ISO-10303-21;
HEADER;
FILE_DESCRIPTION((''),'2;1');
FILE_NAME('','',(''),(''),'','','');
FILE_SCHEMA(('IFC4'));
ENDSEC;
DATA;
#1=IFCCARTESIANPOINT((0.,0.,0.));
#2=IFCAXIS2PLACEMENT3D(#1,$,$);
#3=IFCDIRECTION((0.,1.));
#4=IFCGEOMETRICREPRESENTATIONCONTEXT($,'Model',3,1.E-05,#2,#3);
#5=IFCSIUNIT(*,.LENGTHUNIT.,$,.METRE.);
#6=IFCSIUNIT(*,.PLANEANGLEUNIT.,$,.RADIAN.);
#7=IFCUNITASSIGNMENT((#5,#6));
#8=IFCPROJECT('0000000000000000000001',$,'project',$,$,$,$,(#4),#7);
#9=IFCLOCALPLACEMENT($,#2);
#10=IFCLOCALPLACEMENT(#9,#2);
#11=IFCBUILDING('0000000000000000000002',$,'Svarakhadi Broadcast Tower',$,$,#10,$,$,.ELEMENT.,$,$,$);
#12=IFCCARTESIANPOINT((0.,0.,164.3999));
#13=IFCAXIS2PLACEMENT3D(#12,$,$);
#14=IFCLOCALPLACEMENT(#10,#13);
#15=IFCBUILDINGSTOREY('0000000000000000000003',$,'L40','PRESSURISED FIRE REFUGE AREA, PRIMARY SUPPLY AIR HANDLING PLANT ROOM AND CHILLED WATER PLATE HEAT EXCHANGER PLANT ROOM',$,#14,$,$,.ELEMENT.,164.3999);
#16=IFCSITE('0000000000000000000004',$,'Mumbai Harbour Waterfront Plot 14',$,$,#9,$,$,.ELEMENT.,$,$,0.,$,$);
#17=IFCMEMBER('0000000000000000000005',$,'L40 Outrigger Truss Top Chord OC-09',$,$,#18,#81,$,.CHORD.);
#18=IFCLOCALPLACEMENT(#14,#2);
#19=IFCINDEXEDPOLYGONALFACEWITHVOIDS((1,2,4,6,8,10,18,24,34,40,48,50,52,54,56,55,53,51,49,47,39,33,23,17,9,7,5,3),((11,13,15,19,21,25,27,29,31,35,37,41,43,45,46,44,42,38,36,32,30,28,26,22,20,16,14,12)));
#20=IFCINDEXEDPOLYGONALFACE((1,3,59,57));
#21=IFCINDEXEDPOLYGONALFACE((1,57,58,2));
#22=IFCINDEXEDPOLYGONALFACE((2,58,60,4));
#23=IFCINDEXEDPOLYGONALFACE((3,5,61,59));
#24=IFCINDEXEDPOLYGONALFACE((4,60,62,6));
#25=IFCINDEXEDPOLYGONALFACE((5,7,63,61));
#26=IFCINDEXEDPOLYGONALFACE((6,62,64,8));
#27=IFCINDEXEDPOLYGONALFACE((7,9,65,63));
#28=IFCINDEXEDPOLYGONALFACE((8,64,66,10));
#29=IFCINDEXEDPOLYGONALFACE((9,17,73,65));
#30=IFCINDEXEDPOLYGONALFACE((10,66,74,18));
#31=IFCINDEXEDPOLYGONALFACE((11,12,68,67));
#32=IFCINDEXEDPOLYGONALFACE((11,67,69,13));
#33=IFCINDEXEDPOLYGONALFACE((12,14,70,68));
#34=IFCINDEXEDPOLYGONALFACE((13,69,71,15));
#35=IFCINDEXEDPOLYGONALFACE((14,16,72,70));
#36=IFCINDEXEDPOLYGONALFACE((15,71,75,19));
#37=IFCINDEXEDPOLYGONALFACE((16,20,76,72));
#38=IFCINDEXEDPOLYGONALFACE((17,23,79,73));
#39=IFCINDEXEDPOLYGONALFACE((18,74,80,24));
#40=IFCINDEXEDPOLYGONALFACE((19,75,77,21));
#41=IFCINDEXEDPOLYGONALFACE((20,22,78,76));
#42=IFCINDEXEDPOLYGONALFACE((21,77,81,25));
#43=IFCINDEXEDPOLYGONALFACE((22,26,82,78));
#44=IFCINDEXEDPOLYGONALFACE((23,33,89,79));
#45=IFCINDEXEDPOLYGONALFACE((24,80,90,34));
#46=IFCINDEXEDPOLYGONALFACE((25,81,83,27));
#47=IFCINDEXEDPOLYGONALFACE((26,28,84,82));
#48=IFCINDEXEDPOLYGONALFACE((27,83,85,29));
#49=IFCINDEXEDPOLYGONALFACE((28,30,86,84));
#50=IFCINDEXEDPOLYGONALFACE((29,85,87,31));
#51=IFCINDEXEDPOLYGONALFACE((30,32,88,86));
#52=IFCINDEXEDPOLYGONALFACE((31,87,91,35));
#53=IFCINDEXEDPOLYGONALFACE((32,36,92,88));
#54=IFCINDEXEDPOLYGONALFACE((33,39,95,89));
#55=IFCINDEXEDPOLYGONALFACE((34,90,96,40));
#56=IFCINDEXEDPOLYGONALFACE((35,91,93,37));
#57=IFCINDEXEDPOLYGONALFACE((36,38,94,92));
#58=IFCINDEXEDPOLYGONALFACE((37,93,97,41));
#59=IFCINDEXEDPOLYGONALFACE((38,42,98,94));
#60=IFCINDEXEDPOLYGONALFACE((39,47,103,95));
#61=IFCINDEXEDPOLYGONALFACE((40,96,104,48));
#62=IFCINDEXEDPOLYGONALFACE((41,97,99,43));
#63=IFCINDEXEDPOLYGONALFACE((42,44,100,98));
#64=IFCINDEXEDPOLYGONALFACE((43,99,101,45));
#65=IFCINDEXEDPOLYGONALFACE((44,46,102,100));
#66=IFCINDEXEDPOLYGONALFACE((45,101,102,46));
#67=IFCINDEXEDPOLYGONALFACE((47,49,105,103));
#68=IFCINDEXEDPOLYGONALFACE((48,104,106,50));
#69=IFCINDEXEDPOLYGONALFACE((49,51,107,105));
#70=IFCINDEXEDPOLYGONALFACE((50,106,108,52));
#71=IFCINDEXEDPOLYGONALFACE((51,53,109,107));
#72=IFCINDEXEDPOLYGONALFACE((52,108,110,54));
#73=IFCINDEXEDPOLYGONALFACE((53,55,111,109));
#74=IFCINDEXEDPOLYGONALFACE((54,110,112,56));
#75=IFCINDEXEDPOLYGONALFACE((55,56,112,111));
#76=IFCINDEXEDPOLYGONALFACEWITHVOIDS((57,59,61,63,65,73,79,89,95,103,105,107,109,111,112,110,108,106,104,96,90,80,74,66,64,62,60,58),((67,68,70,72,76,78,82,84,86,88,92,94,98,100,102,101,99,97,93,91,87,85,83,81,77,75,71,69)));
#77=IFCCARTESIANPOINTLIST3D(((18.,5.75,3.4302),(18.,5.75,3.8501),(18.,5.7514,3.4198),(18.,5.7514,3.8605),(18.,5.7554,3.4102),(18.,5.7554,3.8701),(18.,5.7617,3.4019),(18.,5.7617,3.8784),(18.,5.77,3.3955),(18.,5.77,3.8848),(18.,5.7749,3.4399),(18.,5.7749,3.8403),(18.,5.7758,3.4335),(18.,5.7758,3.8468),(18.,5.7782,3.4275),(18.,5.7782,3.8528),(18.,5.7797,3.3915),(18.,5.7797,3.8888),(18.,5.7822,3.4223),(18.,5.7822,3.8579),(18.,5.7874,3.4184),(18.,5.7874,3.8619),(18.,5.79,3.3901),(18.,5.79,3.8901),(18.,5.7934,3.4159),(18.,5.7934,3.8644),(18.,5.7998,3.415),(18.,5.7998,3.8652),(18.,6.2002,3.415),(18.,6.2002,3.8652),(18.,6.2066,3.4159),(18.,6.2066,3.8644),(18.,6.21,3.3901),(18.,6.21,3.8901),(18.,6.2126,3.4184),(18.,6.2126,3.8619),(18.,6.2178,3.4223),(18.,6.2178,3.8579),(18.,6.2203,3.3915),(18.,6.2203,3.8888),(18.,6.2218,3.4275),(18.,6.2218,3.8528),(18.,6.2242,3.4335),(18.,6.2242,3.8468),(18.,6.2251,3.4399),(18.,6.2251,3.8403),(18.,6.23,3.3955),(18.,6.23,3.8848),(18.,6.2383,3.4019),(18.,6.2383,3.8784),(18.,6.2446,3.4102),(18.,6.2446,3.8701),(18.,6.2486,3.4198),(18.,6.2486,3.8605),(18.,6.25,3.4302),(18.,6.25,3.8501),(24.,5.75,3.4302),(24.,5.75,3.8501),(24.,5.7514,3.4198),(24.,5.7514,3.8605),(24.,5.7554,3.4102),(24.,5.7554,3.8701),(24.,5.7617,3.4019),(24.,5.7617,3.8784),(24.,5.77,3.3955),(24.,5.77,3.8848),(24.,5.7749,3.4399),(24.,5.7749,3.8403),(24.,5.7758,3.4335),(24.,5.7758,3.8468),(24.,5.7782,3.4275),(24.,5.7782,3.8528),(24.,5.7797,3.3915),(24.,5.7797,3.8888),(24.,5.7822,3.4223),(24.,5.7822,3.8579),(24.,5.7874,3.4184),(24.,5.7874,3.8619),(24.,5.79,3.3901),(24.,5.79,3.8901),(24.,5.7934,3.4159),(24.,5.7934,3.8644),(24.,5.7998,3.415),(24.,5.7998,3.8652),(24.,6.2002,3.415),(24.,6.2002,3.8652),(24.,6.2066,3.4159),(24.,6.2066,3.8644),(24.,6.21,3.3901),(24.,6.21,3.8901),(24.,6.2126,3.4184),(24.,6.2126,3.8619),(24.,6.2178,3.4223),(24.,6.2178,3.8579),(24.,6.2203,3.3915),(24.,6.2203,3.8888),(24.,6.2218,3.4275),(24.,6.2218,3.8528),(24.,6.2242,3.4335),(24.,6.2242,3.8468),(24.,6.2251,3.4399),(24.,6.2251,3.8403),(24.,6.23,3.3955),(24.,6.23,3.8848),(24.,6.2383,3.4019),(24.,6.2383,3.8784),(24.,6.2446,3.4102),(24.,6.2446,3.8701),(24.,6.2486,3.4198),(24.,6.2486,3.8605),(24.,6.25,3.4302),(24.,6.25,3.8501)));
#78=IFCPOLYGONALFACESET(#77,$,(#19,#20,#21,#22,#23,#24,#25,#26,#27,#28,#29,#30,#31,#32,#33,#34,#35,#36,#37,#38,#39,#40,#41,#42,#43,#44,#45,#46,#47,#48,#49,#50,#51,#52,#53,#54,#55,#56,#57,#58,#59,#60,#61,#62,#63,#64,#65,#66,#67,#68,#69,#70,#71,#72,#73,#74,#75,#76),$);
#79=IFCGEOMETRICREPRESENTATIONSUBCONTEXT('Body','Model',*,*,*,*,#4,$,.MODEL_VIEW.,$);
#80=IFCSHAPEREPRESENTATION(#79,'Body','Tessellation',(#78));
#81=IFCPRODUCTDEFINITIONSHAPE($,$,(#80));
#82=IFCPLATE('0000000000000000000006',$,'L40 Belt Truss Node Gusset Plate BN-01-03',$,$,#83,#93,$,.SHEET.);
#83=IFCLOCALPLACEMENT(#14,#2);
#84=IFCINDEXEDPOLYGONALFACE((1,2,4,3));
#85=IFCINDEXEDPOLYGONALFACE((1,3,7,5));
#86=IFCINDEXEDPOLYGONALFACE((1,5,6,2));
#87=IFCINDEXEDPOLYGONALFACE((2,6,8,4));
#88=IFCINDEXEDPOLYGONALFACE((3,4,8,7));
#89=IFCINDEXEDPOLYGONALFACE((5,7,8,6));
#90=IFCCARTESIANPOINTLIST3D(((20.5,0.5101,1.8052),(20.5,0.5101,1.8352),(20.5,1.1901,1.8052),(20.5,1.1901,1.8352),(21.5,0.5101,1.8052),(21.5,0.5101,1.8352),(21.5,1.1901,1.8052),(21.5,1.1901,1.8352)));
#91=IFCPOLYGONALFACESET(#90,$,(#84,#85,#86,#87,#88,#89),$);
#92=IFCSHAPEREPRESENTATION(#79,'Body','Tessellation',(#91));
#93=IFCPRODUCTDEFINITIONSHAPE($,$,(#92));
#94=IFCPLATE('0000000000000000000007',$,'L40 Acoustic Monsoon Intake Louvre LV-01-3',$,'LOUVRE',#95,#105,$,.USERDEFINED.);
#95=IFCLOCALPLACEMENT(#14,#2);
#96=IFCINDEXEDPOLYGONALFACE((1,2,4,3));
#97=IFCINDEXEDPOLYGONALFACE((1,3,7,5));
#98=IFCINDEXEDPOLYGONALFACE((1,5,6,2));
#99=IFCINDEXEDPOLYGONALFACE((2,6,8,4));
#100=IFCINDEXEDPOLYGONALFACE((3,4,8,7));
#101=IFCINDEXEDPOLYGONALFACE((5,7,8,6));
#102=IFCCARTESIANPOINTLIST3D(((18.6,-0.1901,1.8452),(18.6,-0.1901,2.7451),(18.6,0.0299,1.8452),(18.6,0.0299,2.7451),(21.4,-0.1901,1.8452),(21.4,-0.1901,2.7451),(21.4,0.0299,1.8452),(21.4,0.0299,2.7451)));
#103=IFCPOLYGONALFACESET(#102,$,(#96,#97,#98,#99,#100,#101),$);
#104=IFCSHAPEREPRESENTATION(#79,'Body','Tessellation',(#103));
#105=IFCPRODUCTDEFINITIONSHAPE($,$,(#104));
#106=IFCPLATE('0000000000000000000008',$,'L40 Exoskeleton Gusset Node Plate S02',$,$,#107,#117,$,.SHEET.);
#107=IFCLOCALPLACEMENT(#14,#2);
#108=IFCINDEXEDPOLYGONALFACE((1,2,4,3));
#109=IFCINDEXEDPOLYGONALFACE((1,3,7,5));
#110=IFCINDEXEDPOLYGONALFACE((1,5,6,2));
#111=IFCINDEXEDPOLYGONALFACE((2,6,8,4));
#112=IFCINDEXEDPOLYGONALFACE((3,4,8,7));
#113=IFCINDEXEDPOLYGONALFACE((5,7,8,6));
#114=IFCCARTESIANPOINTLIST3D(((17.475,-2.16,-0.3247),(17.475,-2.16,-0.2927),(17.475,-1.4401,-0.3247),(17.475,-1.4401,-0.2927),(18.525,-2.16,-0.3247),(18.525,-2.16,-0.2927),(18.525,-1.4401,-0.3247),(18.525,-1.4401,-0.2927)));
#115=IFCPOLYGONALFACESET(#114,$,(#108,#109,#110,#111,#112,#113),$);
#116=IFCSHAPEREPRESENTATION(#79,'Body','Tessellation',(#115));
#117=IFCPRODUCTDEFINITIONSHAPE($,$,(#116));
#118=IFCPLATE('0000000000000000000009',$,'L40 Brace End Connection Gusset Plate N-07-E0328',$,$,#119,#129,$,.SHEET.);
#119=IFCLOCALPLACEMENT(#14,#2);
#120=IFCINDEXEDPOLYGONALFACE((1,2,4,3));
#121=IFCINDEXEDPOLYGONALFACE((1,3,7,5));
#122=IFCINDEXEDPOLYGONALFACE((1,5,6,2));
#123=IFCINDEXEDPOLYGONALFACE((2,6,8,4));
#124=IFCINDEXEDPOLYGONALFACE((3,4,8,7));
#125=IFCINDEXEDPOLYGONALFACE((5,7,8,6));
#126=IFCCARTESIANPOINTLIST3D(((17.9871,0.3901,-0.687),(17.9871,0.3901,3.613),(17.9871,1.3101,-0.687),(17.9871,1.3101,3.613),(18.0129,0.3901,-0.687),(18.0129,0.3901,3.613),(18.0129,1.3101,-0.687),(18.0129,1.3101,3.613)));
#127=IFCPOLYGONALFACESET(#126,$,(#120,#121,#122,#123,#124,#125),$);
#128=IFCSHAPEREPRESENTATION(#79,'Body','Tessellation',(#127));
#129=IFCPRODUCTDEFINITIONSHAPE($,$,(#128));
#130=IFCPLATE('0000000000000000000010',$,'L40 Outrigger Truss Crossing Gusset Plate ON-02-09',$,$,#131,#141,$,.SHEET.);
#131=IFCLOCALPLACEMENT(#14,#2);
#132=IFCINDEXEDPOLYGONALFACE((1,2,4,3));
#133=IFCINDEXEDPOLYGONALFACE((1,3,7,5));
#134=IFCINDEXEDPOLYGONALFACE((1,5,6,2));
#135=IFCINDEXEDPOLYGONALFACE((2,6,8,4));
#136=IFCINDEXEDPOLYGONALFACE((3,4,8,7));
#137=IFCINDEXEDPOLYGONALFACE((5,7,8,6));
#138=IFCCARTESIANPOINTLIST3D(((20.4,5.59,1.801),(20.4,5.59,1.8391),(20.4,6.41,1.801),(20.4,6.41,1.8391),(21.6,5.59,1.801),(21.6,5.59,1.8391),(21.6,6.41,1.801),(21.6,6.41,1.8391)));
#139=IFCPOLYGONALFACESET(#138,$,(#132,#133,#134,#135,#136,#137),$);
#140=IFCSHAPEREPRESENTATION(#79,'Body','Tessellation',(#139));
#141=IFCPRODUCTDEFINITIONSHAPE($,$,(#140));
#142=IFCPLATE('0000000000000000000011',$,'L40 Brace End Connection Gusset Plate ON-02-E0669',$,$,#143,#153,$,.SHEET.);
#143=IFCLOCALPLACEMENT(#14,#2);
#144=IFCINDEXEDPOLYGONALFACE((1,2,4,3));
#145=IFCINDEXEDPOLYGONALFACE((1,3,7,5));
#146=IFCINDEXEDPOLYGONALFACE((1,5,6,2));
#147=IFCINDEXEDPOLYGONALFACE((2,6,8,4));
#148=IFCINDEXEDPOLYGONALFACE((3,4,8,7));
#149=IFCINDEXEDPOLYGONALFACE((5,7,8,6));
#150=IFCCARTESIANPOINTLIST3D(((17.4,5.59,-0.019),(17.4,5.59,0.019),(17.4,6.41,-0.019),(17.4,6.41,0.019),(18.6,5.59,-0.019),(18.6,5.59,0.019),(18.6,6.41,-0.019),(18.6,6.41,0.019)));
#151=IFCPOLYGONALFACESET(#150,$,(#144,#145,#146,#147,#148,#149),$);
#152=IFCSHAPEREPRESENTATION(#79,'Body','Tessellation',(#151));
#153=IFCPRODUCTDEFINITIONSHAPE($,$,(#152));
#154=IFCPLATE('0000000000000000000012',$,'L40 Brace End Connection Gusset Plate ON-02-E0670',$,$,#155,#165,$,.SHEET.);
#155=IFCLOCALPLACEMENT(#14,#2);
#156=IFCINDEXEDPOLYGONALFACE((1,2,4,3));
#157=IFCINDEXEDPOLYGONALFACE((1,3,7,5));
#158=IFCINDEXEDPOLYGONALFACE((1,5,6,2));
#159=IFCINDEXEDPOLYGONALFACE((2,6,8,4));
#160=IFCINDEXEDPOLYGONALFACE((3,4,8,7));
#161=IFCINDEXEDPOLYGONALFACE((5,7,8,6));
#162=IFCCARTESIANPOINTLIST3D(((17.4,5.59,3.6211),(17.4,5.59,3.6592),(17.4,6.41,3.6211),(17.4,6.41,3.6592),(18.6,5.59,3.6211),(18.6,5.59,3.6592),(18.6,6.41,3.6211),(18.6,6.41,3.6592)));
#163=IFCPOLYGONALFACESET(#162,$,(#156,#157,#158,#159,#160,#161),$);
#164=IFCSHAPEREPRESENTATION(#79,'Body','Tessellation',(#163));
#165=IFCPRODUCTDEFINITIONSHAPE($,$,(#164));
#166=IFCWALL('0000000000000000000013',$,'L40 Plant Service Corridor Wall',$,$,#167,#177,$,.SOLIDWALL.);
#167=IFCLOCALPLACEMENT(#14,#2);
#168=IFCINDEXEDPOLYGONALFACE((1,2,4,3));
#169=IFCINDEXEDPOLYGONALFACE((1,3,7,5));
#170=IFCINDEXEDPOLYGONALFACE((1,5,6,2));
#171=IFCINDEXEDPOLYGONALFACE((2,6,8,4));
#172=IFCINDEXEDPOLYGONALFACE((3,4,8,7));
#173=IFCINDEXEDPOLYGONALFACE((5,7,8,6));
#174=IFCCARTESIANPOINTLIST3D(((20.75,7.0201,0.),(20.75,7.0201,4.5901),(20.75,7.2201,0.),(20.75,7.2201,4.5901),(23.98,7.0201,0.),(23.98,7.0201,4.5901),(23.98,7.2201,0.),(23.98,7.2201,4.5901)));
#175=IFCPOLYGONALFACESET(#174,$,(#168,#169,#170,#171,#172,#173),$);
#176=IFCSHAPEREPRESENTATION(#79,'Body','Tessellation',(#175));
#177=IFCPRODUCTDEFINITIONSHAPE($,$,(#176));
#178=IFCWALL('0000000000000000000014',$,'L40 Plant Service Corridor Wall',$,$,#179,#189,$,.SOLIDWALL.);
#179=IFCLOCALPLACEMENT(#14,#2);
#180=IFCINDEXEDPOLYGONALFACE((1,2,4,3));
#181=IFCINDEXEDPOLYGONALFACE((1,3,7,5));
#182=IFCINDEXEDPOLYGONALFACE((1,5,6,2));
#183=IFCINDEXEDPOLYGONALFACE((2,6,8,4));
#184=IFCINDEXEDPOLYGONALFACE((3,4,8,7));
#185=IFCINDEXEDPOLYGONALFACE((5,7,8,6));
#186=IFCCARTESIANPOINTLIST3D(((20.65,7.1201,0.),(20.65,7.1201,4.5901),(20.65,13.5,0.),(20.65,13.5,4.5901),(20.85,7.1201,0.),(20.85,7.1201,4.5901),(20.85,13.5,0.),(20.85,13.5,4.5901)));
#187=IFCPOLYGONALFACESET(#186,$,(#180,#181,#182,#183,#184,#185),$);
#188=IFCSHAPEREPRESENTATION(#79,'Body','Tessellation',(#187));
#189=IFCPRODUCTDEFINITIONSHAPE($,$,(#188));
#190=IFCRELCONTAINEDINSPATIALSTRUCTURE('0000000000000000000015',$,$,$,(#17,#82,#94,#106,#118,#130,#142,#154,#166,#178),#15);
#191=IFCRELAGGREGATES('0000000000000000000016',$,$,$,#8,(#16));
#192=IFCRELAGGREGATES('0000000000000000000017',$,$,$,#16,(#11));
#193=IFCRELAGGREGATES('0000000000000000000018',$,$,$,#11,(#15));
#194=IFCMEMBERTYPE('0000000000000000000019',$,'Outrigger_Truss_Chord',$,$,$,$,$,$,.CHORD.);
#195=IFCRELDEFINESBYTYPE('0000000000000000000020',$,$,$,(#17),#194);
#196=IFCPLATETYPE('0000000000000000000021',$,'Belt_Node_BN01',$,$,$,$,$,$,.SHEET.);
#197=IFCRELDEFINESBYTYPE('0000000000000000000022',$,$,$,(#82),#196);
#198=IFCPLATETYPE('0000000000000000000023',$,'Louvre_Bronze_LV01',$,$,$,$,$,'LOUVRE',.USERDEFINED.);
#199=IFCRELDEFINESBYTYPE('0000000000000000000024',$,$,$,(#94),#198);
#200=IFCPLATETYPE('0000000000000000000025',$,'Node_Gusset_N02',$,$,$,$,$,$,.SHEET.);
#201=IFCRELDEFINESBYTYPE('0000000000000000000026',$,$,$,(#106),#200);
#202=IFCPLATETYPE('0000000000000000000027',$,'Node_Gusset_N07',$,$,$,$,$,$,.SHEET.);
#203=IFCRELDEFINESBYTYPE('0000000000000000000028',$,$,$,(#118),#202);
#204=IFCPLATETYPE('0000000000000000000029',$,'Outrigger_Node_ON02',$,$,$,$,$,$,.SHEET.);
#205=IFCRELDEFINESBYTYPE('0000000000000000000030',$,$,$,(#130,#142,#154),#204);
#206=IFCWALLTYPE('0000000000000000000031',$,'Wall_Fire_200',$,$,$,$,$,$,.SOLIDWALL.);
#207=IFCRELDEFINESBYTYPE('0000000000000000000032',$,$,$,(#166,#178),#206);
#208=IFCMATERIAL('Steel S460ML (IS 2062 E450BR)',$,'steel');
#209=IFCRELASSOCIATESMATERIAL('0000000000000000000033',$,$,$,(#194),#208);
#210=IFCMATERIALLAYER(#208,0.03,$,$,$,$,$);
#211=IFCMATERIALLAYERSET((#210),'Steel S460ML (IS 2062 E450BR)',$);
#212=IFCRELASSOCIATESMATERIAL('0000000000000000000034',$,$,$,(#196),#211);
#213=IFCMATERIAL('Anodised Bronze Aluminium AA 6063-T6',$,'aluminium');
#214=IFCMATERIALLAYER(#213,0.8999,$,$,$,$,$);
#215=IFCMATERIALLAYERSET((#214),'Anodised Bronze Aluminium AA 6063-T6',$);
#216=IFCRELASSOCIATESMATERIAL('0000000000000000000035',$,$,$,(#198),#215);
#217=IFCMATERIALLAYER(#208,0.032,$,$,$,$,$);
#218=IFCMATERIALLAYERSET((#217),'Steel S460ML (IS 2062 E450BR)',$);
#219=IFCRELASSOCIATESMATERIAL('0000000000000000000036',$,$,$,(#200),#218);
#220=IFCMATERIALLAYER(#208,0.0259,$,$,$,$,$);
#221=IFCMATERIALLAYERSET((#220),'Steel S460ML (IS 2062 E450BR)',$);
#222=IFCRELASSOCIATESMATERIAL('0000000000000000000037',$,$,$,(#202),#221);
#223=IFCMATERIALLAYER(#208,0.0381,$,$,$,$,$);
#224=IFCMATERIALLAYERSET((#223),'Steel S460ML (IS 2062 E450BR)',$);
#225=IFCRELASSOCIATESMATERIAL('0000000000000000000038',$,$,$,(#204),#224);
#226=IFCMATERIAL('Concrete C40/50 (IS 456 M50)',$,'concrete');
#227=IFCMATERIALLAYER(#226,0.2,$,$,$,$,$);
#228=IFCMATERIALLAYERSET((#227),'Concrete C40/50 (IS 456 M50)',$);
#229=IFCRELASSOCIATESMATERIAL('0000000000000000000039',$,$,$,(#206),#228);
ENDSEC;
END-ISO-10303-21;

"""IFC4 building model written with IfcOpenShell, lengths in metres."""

from ifc_helpers import new_model, si_unit, direction, frame, frame_2d, origin, origin_2d, place, context, subcontext, project, spatial, rectangle, hollow_rectangle, extrude, material, layer, layer_set, material_profile, profile_set, type_object, element, save


model = new_model("IFC4")

# Units and contexts
model_context = context("Model", 3, precision=1e-05, world=origin(), true_north=direction((0.0, 1.0)))
body_context = subcontext(model_context, "Body", "Model", "MODEL_VIEW")
ifc_project = project(units=[si_unit("LENGTHUNIT", "METRE"), si_unit("PLANEANGLEUNIT", "RADIAN")], contexts=[model_context])

# Site, building, storey
site_placement = place(None, origin())
site = spatial("IfcSite", under=ifc_project, at=site_placement, Name="Mumbai Harbour Waterfront Plot 14", CompositionType="ELEMENT", RefElevation=0.0)
building_placement = place(site_placement, origin())
building = spatial("IfcBuilding", under=site, at=building_placement, Name="Svarakhadi Broadcast Tower", CompositionType="ELEMENT")
storey_placement = place(building_placement, frame((0.0, 0.0, 164.3999)))
storey = spatial("IfcBuildingStorey", under=building, at=storey_placement, Name="L40", Description="PRESSURISED FIRE REFUGE AREA, PRIMARY SUPPLY AIR HANDLING PLANT ROOM AND CHILLED WATER PLATE HEAT EXCHANGER PLANT ROOM", CompositionType="ELEMENT", Elevation=164.3999)

# Shared definitions
ifc_material_1 = material(Name="Steel S460ML (IS 2062 E450BR)", Category="steel")

# Member
ifc_material_profile_1 = material_profile(ifc_material_1, hollow_rectangle(XDim=0.5, YDim=0.5, WallThickness=0.0249, InnerFilletRadius=0.0249, OuterFilletRadius=0.04, at=origin_2d()), Name="SHS 500x500x25")
ifc_profile_set_1 = profile_set([ifc_material_profile_1], Name="Steel S460ML (IS 2062 E450BR)")
member_type_1 = type_object("IfcMemberType", Name="Outrigger_Truss_Chord", PredefinedType="CHORD", material=ifc_profile_set_1)
member_1_placement = place(storey_placement, frame((18.0, 6.0, 3.6401), z_axis=(1.0, 0.0, 0.0), x_axis=(0.0, 1.0, 0.0)))
element("IfcMember", 1, at=member_1_placement, inside=storey, type_object=member_type_1, Name="L40 Outrigger Truss Top Chord OC-09", PredefinedType="CHORD", context=body_context, shape_type="SweptSolid", body=[
    extrude(hollow_rectangle(XDim=0.5, YDim=0.5, WallThickness=0.0249, InnerFilletRadius=0.0249, OuterFilletRadius=0.04, at=origin_2d()), origin(), (0.0, 0.0, 1.0), 6.0),
])

# Plates
ifc_layer_1 = layer(ifc_material_1, 0.03)
ifc_layer_set_1 = layer_set([ifc_layer_1], Name="Steel S460ML (IS 2062 E450BR)")
plate_type_1 = type_object("IfcPlateType", Name="Belt_Node_BN01", PredefinedType="SHEET", material=ifc_layer_set_1)
plate_1_placement = place(storey_placement, frame((21.0, 0.8501, 1.8052), z_axis=(0.0, 0.0, 1.0), x_axis=(1.0, 0.0, 0.0)))
element("IfcPlate", 2, at=plate_1_placement, inside=storey, type_object=plate_type_1, Name="L40 Belt Truss Node Gusset Plate BN-01-03", PredefinedType="SHEET", context=body_context, shape_type="SweptSolid", body=[
    extrude(rectangle(XDim=1.0, YDim=0.6799, at=origin_2d()), origin(), (0.0, 0.0, 1.0), 0.03),
])
ifc_material_2 = material(Name="Anodised Bronze Aluminium AA 6063-T6", Category="aluminium")
ifc_layer_2 = layer(ifc_material_2, 0.8999)
ifc_layer_set_2 = layer_set([ifc_layer_2], Name="Anodised Bronze Aluminium AA 6063-T6")
plate_type_2 = type_object("IfcPlateType", Name="Louvre_Bronze_LV01", ElementType="LOUVRE", PredefinedType="USERDEFINED", material=ifc_layer_set_2)
plate_2_placement = place(storey_placement, frame((20.0, -0.0801, 1.8452), z_axis=(0.0, 0.0, 1.0), x_axis=(1.0, 0.0, 0.0)))
element("IfcPlate", 3, at=plate_2_placement, inside=storey, type_object=plate_type_2, Name="L40 Acoustic Monsoon Intake Louvre LV-01-3", ObjectType="LOUVRE", PredefinedType="USERDEFINED", context=body_context, shape_type="SweptSolid", body=[
    extrude(rectangle(XDim=2.8, YDim=0.22, at=origin_2d()), origin(), (0.0, 0.0, 1.0), 0.8999),
])
ifc_layer_3 = layer(ifc_material_1, 0.032)
ifc_layer_set_3 = layer_set([ifc_layer_3], Name="Steel S460ML (IS 2062 E450BR)")
plate_type_3 = type_object("IfcPlateType", Name="Node_Gusset_N02", PredefinedType="SHEET", material=ifc_layer_set_3)
plate_3_placement = place(storey_placement, frame((18.0, -1.8, -0.3247), z_axis=(0.0, 0.0, 1.0), x_axis=(1.0, 0.0, 0.0)))
element("IfcPlate", 4, at=plate_3_placement, inside=storey, type_object=plate_type_3, Name="L40 Exoskeleton Gusset Node Plate S02", PredefinedType="SHEET", context=body_context, shape_type="SweptSolid", body=[
    extrude(rectangle(XDim=1.05, YDim=0.72, at=origin_2d()), origin(), (0.0, 0.0, 1.0), 0.032),
])
ifc_layer_4 = layer(ifc_material_1, 0.0259)
ifc_layer_set_4 = layer_set([ifc_layer_4], Name="Steel S460ML (IS 2062 E450BR)")
plate_type_4 = type_object("IfcPlateType", Name="Node_Gusset_N07", PredefinedType="SHEET", material=ifc_layer_set_4)
plate_4_placement = place(storey_placement, frame((18.0, 0.8501, -0.687), z_axis=(0.0, 0.0, 1.0), x_axis=(0.0, 1.0, 0.0)))
element("IfcPlate", 5, at=plate_4_placement, inside=storey, type_object=plate_type_4, Name="L40 Brace End Connection Gusset Plate N-07-E0328", PredefinedType="SHEET", context=body_context, shape_type="SweptSolid", body=[
    extrude(rectangle(XDim=0.9199, YDim=0.0259, at=origin_2d()), origin(), (0.0, 0.0, 1.0), 4.3),
])
ifc_layer_5 = layer(ifc_material_1, 0.0381)
ifc_layer_set_5 = layer_set([ifc_layer_5], Name="Steel S460ML (IS 2062 E450BR)")
plate_type_5 = type_object("IfcPlateType", Name="Outrigger_Node_ON02", PredefinedType="SHEET", material=ifc_layer_set_5)
for number, where, z_axis, x_axis, name in (
    (6, (21.0, 6.0, 1.801), (0.0, 0.0, 1.0), (1.0, 0.0, 0.0), "L40 Outrigger Truss Crossing Gusset Plate ON-02-09"),
    (7, (18.0, 6.0, -0.019), (0.0, 0.0, 1.0), (1.0, 0.0, 0.0), "L40 Brace End Connection Gusset Plate ON-02-E0669"),
    (8, (18.0, 6.0, 3.6211), (0.0, 0.0, 1.0), (1.0, 0.0, 0.0), "L40 Brace End Connection Gusset Plate ON-02-E0670"),
):
    element("IfcPlate", number, at=place(storey_placement, frame(where, z_axis=z_axis, x_axis=x_axis)), inside=storey, type_object=plate_type_5, Name=name, PredefinedType="SHEET", context=body_context, shape_type="SweptSolid", body=[
        extrude(rectangle(XDim=1.2, YDim=0.8201, at=origin_2d()), origin(), (0.0, 0.0, 1.0), 0.0381),
    ])

# Walls
ifc_material_3 = material(Name="Concrete C40/50 (IS 456 M50)", Category="concrete")
ifc_layer_6 = layer(ifc_material_3, 0.2)
ifc_layer_set_6 = layer_set([ifc_layer_6], Name="Concrete C40/50 (IS 456 M50)")
wall_type = type_object("IfcWallType", Name="Wall_Fire_200", PredefinedType="SOLIDWALL", material=ifc_layer_set_6)
wall_1_placement = place(storey_placement, frame((23.98, 7.1201, 0.0), z_axis=(0.0, 0.0, 1.0), x_axis=(-1.0, 0.0, 0.0)))
element("IfcWall", 9, at=wall_1_placement, inside=storey, type_object=wall_type, Name="L40 Plant Service Corridor Wall", PredefinedType="SOLIDWALL", context=body_context, shape_type="SweptSolid", body=[
    extrude(rectangle(XDim=3.23, YDim=0.2, at=frame_2d((1.615, 0.0))), origin(), (0.0, 0.0, 1.0), 4.5901),
])
wall_2_placement = place(storey_placement, frame((20.75, 7.1201, 0.0), z_axis=(0.0, 0.0, 1.0), x_axis=(0.0, 1.0, 0.0)))
element("IfcWall", 10, at=wall_2_placement, inside=storey, type_object=wall_type, Name="L40 Plant Service Corridor Wall", PredefinedType="SOLIDWALL", context=body_context, shape_type="SweptSolid", body=[
    extrude(rectangle(XDim=6.3799, YDim=0.2, at=frame_2d((3.1899, 0.0))), origin(), (0.0, 0.0, 1.0), 4.5901),
])

save(model, "model.ifc")
